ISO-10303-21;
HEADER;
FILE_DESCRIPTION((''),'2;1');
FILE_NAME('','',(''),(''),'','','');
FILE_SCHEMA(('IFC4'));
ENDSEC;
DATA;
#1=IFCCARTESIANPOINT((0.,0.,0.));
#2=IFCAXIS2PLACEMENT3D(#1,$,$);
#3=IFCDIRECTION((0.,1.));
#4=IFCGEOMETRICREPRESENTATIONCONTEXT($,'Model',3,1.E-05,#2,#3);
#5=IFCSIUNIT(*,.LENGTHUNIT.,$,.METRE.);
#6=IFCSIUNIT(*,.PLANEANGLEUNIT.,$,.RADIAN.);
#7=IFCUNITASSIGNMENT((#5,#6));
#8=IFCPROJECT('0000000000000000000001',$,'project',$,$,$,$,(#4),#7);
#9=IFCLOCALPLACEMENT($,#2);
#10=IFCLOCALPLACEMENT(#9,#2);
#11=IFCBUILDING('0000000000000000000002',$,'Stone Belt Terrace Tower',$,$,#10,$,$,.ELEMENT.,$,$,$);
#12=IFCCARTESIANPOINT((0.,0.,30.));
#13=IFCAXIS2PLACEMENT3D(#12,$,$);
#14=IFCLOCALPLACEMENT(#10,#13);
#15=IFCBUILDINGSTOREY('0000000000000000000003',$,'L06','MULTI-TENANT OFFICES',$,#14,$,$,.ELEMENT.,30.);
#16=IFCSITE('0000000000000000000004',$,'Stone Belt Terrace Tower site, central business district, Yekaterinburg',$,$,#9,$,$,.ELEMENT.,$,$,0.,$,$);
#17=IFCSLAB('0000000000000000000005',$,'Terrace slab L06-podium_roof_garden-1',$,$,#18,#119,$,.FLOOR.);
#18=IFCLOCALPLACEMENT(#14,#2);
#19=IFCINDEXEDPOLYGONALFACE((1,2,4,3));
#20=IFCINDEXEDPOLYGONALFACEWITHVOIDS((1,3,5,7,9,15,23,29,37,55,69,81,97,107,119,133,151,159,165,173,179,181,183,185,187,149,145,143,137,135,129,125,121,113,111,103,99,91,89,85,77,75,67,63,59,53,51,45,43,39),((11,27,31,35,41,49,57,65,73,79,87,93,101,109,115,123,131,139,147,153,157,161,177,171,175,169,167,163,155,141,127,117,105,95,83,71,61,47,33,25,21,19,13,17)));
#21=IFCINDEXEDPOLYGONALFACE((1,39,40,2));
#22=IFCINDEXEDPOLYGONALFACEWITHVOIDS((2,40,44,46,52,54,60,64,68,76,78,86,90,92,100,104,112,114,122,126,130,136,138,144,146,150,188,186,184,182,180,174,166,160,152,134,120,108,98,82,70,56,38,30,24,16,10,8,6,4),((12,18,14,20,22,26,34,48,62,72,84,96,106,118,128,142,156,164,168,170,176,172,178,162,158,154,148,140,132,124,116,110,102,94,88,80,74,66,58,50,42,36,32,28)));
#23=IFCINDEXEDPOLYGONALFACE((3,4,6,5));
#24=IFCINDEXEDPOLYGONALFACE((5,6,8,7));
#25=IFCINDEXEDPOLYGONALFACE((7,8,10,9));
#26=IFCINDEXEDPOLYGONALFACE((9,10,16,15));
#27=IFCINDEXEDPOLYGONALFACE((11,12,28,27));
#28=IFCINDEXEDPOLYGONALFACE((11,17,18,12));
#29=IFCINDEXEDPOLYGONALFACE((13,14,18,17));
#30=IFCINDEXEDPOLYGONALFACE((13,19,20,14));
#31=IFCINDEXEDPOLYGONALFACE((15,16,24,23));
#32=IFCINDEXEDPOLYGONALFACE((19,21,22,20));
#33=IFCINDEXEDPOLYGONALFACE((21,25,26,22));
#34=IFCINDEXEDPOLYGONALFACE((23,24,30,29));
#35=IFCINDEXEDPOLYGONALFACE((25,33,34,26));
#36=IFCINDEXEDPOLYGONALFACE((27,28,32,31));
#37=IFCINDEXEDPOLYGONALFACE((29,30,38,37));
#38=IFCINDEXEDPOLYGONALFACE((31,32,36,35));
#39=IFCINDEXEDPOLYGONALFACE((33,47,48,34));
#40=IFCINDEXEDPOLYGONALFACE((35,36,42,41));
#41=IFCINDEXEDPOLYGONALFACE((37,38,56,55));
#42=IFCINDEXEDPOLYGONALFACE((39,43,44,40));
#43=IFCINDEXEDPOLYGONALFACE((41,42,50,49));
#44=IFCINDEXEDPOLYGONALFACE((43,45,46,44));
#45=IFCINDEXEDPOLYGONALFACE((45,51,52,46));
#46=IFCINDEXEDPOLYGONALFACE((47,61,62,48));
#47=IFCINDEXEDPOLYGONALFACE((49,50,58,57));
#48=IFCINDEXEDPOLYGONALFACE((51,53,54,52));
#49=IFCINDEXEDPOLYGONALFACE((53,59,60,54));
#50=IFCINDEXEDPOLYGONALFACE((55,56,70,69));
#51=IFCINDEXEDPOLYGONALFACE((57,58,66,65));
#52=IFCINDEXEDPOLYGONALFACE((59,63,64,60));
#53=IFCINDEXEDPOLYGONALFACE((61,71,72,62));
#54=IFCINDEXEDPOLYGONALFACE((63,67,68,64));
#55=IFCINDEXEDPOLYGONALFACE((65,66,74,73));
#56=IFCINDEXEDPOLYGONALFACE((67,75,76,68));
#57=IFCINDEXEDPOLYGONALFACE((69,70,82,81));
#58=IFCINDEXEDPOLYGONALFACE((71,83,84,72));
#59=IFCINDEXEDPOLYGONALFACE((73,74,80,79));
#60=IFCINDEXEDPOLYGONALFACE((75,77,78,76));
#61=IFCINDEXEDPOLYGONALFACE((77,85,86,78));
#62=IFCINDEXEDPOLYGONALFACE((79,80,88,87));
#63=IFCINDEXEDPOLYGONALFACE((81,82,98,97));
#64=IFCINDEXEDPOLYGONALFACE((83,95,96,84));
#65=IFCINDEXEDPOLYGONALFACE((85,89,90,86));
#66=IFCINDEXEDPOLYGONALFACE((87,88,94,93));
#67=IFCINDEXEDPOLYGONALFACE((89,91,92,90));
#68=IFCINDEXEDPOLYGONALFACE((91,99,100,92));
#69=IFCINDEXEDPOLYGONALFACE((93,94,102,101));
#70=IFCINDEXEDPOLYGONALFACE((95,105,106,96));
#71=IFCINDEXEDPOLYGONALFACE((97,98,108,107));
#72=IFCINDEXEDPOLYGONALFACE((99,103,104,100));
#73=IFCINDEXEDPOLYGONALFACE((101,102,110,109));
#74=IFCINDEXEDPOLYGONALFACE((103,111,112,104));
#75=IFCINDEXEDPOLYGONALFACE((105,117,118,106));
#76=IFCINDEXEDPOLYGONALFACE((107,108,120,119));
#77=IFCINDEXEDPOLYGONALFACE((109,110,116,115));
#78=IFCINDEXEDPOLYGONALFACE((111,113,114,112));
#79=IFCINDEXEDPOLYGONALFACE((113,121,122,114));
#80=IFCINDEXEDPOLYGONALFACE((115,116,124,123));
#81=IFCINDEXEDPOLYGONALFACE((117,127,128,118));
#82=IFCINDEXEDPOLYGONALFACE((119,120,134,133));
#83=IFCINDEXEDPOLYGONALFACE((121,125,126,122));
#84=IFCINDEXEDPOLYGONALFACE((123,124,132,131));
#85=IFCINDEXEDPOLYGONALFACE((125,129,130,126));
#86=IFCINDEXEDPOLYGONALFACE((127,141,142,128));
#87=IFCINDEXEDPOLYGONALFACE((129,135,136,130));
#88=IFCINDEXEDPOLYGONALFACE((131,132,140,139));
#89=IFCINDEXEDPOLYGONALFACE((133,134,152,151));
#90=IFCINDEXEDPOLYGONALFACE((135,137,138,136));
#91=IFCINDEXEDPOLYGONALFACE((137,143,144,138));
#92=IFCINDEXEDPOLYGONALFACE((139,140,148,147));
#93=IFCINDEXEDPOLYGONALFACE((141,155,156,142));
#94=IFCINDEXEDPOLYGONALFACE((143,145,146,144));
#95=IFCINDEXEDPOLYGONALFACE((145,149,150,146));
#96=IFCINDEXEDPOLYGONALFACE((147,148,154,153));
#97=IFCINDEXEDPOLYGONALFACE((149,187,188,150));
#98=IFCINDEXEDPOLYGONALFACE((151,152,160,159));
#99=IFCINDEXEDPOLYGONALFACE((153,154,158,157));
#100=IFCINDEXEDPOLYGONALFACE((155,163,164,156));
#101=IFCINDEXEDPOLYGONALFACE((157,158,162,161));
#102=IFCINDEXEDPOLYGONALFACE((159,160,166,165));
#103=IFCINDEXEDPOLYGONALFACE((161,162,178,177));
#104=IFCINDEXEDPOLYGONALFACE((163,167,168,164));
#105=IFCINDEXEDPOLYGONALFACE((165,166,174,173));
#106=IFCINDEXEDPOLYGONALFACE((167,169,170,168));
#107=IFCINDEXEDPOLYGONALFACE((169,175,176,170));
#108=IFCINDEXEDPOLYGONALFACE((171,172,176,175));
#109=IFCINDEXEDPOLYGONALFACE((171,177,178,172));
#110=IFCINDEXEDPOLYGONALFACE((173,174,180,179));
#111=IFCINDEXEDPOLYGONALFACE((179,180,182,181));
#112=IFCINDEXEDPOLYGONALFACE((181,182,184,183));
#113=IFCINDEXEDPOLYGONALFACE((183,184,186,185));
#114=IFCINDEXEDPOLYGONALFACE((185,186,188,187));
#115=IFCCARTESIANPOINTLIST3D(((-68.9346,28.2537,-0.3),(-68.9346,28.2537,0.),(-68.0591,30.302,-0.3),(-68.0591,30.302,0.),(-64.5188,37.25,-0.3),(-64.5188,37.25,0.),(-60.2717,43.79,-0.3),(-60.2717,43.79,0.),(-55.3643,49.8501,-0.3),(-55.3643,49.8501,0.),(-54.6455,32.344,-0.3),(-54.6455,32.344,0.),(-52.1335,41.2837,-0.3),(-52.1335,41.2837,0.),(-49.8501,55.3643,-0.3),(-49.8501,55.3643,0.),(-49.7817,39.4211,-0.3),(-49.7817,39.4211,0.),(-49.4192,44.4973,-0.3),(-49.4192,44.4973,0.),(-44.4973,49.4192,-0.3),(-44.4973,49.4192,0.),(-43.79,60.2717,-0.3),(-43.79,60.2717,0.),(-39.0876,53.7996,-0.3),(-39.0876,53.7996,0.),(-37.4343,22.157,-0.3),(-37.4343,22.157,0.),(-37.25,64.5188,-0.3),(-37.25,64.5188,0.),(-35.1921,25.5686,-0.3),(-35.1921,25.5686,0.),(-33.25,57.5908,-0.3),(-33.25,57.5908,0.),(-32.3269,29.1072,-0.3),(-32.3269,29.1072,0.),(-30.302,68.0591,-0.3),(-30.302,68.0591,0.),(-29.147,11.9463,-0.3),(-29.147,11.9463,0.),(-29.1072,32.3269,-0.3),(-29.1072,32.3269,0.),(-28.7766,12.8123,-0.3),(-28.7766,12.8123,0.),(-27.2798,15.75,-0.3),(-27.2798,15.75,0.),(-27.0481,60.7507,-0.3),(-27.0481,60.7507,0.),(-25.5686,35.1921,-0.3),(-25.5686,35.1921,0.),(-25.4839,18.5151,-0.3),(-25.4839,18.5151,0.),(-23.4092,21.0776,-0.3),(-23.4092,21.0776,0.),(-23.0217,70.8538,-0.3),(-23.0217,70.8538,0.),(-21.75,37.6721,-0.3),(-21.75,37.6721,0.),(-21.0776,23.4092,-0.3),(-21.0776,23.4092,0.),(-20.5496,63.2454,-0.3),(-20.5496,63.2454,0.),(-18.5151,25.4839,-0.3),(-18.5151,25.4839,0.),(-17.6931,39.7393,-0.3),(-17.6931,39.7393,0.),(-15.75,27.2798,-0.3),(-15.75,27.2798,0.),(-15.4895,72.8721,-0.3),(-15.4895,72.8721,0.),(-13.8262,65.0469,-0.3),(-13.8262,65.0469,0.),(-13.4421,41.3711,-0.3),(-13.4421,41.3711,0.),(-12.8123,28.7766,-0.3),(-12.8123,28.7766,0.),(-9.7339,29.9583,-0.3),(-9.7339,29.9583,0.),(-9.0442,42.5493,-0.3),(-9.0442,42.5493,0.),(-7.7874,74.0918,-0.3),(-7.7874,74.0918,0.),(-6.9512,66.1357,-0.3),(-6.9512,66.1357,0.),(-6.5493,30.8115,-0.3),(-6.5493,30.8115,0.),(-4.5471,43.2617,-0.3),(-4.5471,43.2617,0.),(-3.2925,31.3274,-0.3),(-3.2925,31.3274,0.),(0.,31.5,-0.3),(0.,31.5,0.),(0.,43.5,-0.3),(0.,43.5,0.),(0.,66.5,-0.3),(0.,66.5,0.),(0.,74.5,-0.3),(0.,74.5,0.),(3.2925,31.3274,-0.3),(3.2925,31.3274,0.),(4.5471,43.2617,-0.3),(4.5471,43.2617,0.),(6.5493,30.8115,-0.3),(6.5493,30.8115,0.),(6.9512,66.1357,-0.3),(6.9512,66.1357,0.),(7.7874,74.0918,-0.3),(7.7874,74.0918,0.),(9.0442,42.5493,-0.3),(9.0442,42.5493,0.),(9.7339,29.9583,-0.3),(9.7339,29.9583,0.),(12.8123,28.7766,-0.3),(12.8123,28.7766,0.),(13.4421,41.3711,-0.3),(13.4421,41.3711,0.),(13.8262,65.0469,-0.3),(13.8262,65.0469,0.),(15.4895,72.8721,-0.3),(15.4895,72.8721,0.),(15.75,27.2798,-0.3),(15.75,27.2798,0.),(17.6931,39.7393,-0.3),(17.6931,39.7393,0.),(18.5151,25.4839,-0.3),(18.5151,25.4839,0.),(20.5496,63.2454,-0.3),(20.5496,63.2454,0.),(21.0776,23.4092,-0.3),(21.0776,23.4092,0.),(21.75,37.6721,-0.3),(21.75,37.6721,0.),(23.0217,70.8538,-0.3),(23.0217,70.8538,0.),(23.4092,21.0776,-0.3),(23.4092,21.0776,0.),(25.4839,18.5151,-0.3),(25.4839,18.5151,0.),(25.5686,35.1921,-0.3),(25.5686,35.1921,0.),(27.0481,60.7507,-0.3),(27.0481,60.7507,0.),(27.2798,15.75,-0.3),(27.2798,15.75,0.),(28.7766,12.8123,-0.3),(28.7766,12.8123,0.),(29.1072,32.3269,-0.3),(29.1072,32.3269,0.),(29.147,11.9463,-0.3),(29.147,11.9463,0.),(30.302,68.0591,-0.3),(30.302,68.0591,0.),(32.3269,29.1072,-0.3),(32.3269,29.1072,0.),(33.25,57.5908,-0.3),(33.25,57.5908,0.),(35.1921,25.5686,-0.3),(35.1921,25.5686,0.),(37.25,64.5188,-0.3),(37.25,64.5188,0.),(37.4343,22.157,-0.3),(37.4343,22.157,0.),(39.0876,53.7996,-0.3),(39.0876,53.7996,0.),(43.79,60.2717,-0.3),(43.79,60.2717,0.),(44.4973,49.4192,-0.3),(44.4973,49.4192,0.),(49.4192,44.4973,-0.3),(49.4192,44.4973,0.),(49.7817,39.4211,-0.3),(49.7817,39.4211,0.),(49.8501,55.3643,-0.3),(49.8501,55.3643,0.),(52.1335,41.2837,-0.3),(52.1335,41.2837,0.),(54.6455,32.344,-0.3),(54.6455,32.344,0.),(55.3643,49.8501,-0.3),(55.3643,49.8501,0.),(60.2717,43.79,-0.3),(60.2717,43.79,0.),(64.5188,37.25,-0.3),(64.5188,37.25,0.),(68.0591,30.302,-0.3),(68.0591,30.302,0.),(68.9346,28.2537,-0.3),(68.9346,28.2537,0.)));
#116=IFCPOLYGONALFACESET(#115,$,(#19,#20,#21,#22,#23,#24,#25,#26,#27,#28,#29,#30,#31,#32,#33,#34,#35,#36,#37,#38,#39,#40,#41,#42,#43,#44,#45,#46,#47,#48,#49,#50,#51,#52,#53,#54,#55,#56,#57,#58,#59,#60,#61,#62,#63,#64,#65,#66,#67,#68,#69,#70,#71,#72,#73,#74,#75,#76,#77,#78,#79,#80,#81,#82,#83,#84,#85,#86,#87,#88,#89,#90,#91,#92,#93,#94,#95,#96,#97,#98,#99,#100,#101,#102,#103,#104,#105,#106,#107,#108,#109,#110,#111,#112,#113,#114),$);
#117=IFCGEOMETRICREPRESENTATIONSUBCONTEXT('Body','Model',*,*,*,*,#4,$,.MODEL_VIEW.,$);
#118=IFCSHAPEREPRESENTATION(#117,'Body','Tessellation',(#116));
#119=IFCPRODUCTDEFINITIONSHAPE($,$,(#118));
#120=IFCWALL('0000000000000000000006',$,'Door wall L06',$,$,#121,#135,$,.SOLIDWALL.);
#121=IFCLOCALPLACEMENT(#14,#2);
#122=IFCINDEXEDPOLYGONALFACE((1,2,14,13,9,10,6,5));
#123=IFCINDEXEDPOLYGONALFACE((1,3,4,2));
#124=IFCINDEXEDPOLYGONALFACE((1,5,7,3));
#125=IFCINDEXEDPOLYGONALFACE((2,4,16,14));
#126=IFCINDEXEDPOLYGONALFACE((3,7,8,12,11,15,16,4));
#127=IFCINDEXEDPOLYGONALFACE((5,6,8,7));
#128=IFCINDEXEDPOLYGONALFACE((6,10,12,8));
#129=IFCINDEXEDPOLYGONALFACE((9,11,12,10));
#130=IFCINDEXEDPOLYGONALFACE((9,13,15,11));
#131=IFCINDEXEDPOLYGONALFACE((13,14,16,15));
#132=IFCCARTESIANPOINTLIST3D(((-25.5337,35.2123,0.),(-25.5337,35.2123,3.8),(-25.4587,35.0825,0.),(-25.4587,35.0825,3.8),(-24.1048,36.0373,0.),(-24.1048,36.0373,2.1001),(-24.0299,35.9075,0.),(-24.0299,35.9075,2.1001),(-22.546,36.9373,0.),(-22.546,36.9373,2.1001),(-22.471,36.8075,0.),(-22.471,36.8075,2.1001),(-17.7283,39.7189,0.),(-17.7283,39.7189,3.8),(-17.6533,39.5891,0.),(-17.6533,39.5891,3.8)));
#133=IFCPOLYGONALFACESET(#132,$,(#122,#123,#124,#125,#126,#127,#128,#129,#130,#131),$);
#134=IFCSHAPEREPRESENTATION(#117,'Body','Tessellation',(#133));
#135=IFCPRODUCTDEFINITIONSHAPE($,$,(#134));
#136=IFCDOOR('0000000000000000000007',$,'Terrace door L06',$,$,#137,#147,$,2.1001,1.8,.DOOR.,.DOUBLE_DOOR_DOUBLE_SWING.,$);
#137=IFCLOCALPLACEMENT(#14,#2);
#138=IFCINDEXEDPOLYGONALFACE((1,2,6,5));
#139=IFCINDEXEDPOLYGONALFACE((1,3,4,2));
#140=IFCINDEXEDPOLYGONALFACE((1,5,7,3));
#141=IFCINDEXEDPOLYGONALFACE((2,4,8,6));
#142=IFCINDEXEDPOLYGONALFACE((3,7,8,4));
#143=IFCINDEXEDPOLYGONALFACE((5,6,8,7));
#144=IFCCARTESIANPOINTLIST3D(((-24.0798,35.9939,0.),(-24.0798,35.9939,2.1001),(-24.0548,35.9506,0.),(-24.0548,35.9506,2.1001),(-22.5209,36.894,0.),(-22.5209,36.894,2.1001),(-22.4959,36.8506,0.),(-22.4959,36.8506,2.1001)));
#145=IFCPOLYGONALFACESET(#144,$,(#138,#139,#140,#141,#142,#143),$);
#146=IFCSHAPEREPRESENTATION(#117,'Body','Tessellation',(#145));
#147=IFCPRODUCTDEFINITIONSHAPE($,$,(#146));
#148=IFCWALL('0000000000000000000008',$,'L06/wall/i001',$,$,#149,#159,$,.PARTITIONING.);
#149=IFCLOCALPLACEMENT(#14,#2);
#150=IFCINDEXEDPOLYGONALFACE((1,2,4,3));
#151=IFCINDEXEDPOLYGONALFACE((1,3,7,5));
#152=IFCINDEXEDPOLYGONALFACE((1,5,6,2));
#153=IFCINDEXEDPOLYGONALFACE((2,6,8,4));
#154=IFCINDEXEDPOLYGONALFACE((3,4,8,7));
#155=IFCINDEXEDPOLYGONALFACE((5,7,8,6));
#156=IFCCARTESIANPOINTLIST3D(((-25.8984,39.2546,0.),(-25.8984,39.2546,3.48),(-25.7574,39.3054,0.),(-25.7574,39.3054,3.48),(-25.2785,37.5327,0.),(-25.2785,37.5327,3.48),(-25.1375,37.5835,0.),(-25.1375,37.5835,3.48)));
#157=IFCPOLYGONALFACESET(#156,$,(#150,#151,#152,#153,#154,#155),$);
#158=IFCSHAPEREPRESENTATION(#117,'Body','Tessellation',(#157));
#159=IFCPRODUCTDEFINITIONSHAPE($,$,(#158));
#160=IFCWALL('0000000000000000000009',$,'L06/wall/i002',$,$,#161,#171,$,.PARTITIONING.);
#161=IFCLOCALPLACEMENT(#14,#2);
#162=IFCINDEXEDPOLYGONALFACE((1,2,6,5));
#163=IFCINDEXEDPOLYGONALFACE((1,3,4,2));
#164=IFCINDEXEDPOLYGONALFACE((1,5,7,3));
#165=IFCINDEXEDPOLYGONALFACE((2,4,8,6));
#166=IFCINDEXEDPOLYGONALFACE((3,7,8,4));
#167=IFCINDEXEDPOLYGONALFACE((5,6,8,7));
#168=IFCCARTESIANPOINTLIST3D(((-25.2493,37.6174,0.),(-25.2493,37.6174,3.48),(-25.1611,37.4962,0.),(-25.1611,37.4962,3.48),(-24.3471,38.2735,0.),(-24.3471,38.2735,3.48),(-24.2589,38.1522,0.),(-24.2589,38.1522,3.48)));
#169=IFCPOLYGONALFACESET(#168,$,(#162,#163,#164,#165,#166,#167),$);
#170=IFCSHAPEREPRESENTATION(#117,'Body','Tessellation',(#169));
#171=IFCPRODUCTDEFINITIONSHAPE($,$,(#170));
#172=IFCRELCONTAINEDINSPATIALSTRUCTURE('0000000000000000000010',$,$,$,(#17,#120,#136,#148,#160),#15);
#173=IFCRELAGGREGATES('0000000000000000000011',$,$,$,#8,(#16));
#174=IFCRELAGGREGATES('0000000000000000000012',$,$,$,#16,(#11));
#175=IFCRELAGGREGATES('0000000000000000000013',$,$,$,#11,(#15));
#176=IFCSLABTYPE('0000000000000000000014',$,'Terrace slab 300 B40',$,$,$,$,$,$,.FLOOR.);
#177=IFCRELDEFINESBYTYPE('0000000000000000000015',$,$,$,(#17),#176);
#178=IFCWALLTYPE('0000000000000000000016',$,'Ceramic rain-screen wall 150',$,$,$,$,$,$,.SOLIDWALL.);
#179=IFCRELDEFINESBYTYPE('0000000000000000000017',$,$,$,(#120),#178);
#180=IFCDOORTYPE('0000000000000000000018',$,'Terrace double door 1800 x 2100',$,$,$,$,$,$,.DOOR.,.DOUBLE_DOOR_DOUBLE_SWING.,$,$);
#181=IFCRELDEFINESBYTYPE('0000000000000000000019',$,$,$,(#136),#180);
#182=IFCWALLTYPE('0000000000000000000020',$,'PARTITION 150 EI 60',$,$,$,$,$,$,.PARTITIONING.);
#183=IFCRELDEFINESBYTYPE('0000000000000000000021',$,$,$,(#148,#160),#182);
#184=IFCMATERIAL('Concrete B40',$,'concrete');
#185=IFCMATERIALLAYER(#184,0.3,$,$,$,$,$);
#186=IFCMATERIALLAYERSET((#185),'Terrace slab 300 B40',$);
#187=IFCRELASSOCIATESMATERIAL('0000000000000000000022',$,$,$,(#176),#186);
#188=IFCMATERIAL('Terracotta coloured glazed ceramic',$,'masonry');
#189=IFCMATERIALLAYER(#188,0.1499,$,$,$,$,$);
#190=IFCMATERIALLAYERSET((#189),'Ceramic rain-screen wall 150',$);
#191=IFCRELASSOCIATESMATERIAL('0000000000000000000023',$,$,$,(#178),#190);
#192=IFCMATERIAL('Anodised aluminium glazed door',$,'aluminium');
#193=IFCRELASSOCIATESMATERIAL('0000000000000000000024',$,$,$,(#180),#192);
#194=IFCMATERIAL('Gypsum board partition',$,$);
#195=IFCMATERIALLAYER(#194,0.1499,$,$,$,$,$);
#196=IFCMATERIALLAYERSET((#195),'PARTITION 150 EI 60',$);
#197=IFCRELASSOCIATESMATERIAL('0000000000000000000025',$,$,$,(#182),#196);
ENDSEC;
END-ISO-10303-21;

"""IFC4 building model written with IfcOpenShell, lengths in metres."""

from ifc_helpers import new_model, si_unit, direction, frame, frame_2d, origin, place, context, subcontext, project, spatial, polyline, rectangle, outline, extrude, material, layer, layer_set, type_object, element, fill, save


model = new_model("IFC4")

# Units and contexts
model_context = context("Model", 3, precision=1e-05, world=origin(), true_north=direction((0.0, 1.0)))
body_context = subcontext(model_context, "Body", "Model", "MODEL_VIEW")
ifc_project = project(units=[si_unit("LENGTHUNIT", "METRE"), si_unit("PLANEANGLEUNIT", "RADIAN")], contexts=[model_context])

# Site, building, storey
site_placement = place(None, origin())
site = spatial("IfcSite", under=ifc_project, at=site_placement, Name="Stone Belt Terrace Tower site, central business district, Yekaterinburg", CompositionType="ELEMENT", RefElevation=0.0)
building_placement = place(site_placement, origin())
building = spatial("IfcBuilding", under=site, at=building_placement, Name="Stone Belt Terrace Tower", CompositionType="ELEMENT")
storey_placement = place(building_placement, frame((0.0, 0.0, 30.0)))
storey = spatial("IfcBuildingStorey", under=building, at=storey_placement, Name="L06", Description="MULTI-TENANT OFFICES", CompositionType="ELEMENT", Elevation=30.0)

# Slab
ifc_material_1 = material(Name="Concrete B40", Category="concrete")
ifc_layer_1 = layer(ifc_material_1, 0.3)
ifc_layer_set_1 = layer_set([ifc_layer_1], Name="Terrace slab 300 B40")
slab_type_1 = type_object("IfcSlabType", Name="Terrace slab 300 B40", PredefinedType="FLOOR", material=ifc_layer_set_1)
slab_1_placement = place(storey_placement, frame((0.0, 0.0, -0.3)))
element("IfcSlab", 1, at=slab_1_placement, inside=storey, type_object=slab_type_1, Name="Terrace slab L06-podium_roof_garden-1", PredefinedType="FLOOR", context=body_context, shape_type="SweptSolid", body=[
    extrude(outline(polyline([(-68.9346, 28.2537), (-29.147, 11.9463), (-28.7766, 12.8123), (-27.2798, 15.75), (-25.4839, 18.5151), (-23.4092, 21.0776), (-21.0776, 23.4092), (-18.5151, 25.4839), (-15.75, 27.2798), (-12.8123, 28.7766), (-9.7339, 29.9583), (-6.5493, 30.8115), (-3.2925, 31.3274), (0.0, 31.5), (3.2925, 31.3274), (6.5493, 30.8115), (9.7339, 29.9583), (12.8123, 28.7766), (15.75, 27.2798), (18.5151, 25.4839), (21.0776, 23.4092), (23.4092, 21.0776), (25.4839, 18.5151), (27.2798, 15.75), (28.7766, 12.8123), (29.147, 11.9463), (68.9346, 28.2537), (68.0591, 30.302), (64.5188, 37.25), (60.2717, 43.79), (55.3643, 49.8501), (49.8501, 55.3643), (43.79, 60.2717), (37.25, 64.5188), (30.302, 68.0591), (23.0217, 70.8538), (15.4895, 72.8721), (7.7874, 74.0918), (0.0, 74.5), (-7.7874, 74.0918), (-15.4895, 72.8721), (-23.0217, 70.8538), (-30.302, 68.0591), (-37.25, 64.5188), (-43.79, 60.2717), (-49.8501, 55.3643), (-55.3643, 49.8501), (-60.2717, 43.79), (-64.5188, 37.25), (-68.0591, 30.302), (-68.9346, 28.2537)]), holes=[polyline([(-35.1921, 25.5686), (-37.4343, 22.157), (-54.6455, 32.344), (-49.7817, 39.4211), (-52.1335, 41.2837), (-49.4192, 44.4973), (-44.4973, 49.4192), (-39.0876, 53.7996), (-33.25, 57.5908), (-27.0481, 60.7507), (-20.5496, 63.2454), (-13.8262, 65.0469), (-6.9512, 66.1357), (0.0, 66.5), (6.9512, 66.1357), (13.8262, 65.0469), (20.5496, 63.2454), (27.0481, 60.7507), (33.25, 57.5908), (39.0876, 53.7996), (44.4973, 49.4192), (49.4192, 44.4973), (52.1335, 41.2837), (49.7817, 39.4211), (54.6455, 32.344), (37.4343, 22.157), (35.1921, 25.5686), (32.3269, 29.1072), (29.1072, 32.3269), (25.5686, 35.1921), (21.75, 37.6721), (17.6931, 39.7393), (13.4421, 41.3711), (9.0442, 42.5493), (4.5471, 43.2617), (0.0, 43.5), (-4.5471, 43.2617), (-9.0442, 42.5493), (-13.4421, 41.3711), (-17.6931, 39.7393), (-21.75, 37.6721), (-25.5686, 35.1921), (-29.1072, 32.3269), (-32.3269, 29.1072), (-35.1921, 25.5686)])]), origin(), (0.0, 0.0, 1.0), 0.3),
])

# Wall, opening, door
ifc_material_2 = material(Name="Terracotta coloured glazed ceramic", Category="masonry")
ifc_layer_2 = layer(ifc_material_2, 0.1499)
ifc_layer_set_2 = layer_set([ifc_layer_2], Name="Ceramic rain-screen wall 150")
wall_type_1 = type_object("IfcWallType", Name="Ceramic rain-screen wall 150", PredefinedType="SOLIDWALL", material=ifc_layer_set_2)
wall_1_placement = place(storey_placement, frame((-25.4961, 35.1475, 0.0), z_axis=(0.0, 0.0, 1.0), x_axis=(0.866019, 0.500011, 0.0)))
wall_1 = element("IfcWall", 2, at=wall_1_placement, inside=storey, type_object=wall_type_1, Name="Door wall L06", PredefinedType="SOLIDWALL", context=body_context, shape_type="SweptSolid", body=[
    extrude(rectangle(XDim=9.0129, YDim=0.1499, at=frame_2d((4.5063, 0.0))), origin(), (0.0, 0.0, 1.0), 3.8),
])
opening_1_placement = place(wall_1_placement, frame((1.6499, 0.0, 0.0)))
opening_1 = element("IfcOpeningElement", 3, at=opening_1_placement, cuts=wall_1, PredefinedType="OPENING", context=body_context, shape_type="SweptSolid", body=[
    extrude(rectangle(XDim=1.8, YDim=2.1001, at=frame_2d((0.8999, 1.05))), frame((0.0, 0.085, 0.0), z_axis=(0.0, -1.0, 0.0), x_axis=(1.0, 0.0, 0.0)), (0.0, 0.0, 1.0), 0.1699),
])
ifc_material_3 = material(Name="Anodised aluminium glazed door", Category="aluminium")
door_type_1 = type_object("IfcDoorType", Name="Terrace double door 1800 x 2100", OperationType="DOUBLE_DOOR_DOUBLE_SWING", PredefinedType="DOOR", material=ifc_material_3)
door_1_placement = place(opening_1_placement, origin())
door_1 = element("IfcDoor", 4, at=door_1_placement, inside=storey, type_object=door_type_1, Name="Terrace door L06", OperationType="DOUBLE_DOOR_DOUBLE_SWING", OverallHeight=2.1001, OverallWidth=1.8, PredefinedType="DOOR", context=body_context, shape_type="SweptSolid", body=[
    extrude(rectangle(XDim=1.8, YDim=2.1001, at=frame_2d((0.8999, 1.05))), frame((0.0, 0.0249, 0.0), z_axis=(0.0, -1.0, 0.0), x_axis=(1.0, 0.0, 0.0)), (0.0, 0.0, 1.0), 0.05),
])
fill(opening_1, door_1)

# Walls
ifc_material_4 = material(Name="Gypsum board partition")
ifc_layer_3 = layer(ifc_material_4, 0.1499)
ifc_layer_set_3 = layer_set([ifc_layer_3], Name="PARTITION 150 EI 60")
wall_type_2 = type_object("IfcWallType", Name="PARTITION 150 EI 60", PredefinedType="PARTITIONING", material=ifc_layer_set_3)
wall_2_placement = place(storey_placement, frame((-25.8279, 39.28, 0.0), z_axis=(0.0, 0.0, 1.0), x_axis=(0.33871, -0.940891, 0.0)))
element("IfcWall", 5, at=wall_2_placement, inside=storey, type_object=wall_type_2, Name="L06/wall/i001", PredefinedType="PARTITIONING", context=body_context, shape_type="SweptSolid", body=[
    extrude(rectangle(XDim=1.8301, YDim=0.1499, at=frame_2d((0.915, 0.0))), origin(), (0.0, 0.0, 1.0), 3.48),
])
wall_3_placement = place(storey_placement, frame((-25.2051, 37.5569, 0.0), z_axis=(0.0, 0.0, 1.0), x_axis=(0.808764, 0.588133, 0.0)))
element("IfcWall", 6, at=wall_3_placement, inside=storey, type_object=wall_type_2, Name="L06/wall/i002", PredefinedType="PARTITIONING", context=body_context, shape_type="SweptSolid", body=[
    extrude(rectangle(XDim=1.1155, YDim=0.1499, at=frame_2d((0.5576, 0.0))), origin(), (0.0, 0.0, 1.0), 3.48),
])

save(model, "model.ifc")
